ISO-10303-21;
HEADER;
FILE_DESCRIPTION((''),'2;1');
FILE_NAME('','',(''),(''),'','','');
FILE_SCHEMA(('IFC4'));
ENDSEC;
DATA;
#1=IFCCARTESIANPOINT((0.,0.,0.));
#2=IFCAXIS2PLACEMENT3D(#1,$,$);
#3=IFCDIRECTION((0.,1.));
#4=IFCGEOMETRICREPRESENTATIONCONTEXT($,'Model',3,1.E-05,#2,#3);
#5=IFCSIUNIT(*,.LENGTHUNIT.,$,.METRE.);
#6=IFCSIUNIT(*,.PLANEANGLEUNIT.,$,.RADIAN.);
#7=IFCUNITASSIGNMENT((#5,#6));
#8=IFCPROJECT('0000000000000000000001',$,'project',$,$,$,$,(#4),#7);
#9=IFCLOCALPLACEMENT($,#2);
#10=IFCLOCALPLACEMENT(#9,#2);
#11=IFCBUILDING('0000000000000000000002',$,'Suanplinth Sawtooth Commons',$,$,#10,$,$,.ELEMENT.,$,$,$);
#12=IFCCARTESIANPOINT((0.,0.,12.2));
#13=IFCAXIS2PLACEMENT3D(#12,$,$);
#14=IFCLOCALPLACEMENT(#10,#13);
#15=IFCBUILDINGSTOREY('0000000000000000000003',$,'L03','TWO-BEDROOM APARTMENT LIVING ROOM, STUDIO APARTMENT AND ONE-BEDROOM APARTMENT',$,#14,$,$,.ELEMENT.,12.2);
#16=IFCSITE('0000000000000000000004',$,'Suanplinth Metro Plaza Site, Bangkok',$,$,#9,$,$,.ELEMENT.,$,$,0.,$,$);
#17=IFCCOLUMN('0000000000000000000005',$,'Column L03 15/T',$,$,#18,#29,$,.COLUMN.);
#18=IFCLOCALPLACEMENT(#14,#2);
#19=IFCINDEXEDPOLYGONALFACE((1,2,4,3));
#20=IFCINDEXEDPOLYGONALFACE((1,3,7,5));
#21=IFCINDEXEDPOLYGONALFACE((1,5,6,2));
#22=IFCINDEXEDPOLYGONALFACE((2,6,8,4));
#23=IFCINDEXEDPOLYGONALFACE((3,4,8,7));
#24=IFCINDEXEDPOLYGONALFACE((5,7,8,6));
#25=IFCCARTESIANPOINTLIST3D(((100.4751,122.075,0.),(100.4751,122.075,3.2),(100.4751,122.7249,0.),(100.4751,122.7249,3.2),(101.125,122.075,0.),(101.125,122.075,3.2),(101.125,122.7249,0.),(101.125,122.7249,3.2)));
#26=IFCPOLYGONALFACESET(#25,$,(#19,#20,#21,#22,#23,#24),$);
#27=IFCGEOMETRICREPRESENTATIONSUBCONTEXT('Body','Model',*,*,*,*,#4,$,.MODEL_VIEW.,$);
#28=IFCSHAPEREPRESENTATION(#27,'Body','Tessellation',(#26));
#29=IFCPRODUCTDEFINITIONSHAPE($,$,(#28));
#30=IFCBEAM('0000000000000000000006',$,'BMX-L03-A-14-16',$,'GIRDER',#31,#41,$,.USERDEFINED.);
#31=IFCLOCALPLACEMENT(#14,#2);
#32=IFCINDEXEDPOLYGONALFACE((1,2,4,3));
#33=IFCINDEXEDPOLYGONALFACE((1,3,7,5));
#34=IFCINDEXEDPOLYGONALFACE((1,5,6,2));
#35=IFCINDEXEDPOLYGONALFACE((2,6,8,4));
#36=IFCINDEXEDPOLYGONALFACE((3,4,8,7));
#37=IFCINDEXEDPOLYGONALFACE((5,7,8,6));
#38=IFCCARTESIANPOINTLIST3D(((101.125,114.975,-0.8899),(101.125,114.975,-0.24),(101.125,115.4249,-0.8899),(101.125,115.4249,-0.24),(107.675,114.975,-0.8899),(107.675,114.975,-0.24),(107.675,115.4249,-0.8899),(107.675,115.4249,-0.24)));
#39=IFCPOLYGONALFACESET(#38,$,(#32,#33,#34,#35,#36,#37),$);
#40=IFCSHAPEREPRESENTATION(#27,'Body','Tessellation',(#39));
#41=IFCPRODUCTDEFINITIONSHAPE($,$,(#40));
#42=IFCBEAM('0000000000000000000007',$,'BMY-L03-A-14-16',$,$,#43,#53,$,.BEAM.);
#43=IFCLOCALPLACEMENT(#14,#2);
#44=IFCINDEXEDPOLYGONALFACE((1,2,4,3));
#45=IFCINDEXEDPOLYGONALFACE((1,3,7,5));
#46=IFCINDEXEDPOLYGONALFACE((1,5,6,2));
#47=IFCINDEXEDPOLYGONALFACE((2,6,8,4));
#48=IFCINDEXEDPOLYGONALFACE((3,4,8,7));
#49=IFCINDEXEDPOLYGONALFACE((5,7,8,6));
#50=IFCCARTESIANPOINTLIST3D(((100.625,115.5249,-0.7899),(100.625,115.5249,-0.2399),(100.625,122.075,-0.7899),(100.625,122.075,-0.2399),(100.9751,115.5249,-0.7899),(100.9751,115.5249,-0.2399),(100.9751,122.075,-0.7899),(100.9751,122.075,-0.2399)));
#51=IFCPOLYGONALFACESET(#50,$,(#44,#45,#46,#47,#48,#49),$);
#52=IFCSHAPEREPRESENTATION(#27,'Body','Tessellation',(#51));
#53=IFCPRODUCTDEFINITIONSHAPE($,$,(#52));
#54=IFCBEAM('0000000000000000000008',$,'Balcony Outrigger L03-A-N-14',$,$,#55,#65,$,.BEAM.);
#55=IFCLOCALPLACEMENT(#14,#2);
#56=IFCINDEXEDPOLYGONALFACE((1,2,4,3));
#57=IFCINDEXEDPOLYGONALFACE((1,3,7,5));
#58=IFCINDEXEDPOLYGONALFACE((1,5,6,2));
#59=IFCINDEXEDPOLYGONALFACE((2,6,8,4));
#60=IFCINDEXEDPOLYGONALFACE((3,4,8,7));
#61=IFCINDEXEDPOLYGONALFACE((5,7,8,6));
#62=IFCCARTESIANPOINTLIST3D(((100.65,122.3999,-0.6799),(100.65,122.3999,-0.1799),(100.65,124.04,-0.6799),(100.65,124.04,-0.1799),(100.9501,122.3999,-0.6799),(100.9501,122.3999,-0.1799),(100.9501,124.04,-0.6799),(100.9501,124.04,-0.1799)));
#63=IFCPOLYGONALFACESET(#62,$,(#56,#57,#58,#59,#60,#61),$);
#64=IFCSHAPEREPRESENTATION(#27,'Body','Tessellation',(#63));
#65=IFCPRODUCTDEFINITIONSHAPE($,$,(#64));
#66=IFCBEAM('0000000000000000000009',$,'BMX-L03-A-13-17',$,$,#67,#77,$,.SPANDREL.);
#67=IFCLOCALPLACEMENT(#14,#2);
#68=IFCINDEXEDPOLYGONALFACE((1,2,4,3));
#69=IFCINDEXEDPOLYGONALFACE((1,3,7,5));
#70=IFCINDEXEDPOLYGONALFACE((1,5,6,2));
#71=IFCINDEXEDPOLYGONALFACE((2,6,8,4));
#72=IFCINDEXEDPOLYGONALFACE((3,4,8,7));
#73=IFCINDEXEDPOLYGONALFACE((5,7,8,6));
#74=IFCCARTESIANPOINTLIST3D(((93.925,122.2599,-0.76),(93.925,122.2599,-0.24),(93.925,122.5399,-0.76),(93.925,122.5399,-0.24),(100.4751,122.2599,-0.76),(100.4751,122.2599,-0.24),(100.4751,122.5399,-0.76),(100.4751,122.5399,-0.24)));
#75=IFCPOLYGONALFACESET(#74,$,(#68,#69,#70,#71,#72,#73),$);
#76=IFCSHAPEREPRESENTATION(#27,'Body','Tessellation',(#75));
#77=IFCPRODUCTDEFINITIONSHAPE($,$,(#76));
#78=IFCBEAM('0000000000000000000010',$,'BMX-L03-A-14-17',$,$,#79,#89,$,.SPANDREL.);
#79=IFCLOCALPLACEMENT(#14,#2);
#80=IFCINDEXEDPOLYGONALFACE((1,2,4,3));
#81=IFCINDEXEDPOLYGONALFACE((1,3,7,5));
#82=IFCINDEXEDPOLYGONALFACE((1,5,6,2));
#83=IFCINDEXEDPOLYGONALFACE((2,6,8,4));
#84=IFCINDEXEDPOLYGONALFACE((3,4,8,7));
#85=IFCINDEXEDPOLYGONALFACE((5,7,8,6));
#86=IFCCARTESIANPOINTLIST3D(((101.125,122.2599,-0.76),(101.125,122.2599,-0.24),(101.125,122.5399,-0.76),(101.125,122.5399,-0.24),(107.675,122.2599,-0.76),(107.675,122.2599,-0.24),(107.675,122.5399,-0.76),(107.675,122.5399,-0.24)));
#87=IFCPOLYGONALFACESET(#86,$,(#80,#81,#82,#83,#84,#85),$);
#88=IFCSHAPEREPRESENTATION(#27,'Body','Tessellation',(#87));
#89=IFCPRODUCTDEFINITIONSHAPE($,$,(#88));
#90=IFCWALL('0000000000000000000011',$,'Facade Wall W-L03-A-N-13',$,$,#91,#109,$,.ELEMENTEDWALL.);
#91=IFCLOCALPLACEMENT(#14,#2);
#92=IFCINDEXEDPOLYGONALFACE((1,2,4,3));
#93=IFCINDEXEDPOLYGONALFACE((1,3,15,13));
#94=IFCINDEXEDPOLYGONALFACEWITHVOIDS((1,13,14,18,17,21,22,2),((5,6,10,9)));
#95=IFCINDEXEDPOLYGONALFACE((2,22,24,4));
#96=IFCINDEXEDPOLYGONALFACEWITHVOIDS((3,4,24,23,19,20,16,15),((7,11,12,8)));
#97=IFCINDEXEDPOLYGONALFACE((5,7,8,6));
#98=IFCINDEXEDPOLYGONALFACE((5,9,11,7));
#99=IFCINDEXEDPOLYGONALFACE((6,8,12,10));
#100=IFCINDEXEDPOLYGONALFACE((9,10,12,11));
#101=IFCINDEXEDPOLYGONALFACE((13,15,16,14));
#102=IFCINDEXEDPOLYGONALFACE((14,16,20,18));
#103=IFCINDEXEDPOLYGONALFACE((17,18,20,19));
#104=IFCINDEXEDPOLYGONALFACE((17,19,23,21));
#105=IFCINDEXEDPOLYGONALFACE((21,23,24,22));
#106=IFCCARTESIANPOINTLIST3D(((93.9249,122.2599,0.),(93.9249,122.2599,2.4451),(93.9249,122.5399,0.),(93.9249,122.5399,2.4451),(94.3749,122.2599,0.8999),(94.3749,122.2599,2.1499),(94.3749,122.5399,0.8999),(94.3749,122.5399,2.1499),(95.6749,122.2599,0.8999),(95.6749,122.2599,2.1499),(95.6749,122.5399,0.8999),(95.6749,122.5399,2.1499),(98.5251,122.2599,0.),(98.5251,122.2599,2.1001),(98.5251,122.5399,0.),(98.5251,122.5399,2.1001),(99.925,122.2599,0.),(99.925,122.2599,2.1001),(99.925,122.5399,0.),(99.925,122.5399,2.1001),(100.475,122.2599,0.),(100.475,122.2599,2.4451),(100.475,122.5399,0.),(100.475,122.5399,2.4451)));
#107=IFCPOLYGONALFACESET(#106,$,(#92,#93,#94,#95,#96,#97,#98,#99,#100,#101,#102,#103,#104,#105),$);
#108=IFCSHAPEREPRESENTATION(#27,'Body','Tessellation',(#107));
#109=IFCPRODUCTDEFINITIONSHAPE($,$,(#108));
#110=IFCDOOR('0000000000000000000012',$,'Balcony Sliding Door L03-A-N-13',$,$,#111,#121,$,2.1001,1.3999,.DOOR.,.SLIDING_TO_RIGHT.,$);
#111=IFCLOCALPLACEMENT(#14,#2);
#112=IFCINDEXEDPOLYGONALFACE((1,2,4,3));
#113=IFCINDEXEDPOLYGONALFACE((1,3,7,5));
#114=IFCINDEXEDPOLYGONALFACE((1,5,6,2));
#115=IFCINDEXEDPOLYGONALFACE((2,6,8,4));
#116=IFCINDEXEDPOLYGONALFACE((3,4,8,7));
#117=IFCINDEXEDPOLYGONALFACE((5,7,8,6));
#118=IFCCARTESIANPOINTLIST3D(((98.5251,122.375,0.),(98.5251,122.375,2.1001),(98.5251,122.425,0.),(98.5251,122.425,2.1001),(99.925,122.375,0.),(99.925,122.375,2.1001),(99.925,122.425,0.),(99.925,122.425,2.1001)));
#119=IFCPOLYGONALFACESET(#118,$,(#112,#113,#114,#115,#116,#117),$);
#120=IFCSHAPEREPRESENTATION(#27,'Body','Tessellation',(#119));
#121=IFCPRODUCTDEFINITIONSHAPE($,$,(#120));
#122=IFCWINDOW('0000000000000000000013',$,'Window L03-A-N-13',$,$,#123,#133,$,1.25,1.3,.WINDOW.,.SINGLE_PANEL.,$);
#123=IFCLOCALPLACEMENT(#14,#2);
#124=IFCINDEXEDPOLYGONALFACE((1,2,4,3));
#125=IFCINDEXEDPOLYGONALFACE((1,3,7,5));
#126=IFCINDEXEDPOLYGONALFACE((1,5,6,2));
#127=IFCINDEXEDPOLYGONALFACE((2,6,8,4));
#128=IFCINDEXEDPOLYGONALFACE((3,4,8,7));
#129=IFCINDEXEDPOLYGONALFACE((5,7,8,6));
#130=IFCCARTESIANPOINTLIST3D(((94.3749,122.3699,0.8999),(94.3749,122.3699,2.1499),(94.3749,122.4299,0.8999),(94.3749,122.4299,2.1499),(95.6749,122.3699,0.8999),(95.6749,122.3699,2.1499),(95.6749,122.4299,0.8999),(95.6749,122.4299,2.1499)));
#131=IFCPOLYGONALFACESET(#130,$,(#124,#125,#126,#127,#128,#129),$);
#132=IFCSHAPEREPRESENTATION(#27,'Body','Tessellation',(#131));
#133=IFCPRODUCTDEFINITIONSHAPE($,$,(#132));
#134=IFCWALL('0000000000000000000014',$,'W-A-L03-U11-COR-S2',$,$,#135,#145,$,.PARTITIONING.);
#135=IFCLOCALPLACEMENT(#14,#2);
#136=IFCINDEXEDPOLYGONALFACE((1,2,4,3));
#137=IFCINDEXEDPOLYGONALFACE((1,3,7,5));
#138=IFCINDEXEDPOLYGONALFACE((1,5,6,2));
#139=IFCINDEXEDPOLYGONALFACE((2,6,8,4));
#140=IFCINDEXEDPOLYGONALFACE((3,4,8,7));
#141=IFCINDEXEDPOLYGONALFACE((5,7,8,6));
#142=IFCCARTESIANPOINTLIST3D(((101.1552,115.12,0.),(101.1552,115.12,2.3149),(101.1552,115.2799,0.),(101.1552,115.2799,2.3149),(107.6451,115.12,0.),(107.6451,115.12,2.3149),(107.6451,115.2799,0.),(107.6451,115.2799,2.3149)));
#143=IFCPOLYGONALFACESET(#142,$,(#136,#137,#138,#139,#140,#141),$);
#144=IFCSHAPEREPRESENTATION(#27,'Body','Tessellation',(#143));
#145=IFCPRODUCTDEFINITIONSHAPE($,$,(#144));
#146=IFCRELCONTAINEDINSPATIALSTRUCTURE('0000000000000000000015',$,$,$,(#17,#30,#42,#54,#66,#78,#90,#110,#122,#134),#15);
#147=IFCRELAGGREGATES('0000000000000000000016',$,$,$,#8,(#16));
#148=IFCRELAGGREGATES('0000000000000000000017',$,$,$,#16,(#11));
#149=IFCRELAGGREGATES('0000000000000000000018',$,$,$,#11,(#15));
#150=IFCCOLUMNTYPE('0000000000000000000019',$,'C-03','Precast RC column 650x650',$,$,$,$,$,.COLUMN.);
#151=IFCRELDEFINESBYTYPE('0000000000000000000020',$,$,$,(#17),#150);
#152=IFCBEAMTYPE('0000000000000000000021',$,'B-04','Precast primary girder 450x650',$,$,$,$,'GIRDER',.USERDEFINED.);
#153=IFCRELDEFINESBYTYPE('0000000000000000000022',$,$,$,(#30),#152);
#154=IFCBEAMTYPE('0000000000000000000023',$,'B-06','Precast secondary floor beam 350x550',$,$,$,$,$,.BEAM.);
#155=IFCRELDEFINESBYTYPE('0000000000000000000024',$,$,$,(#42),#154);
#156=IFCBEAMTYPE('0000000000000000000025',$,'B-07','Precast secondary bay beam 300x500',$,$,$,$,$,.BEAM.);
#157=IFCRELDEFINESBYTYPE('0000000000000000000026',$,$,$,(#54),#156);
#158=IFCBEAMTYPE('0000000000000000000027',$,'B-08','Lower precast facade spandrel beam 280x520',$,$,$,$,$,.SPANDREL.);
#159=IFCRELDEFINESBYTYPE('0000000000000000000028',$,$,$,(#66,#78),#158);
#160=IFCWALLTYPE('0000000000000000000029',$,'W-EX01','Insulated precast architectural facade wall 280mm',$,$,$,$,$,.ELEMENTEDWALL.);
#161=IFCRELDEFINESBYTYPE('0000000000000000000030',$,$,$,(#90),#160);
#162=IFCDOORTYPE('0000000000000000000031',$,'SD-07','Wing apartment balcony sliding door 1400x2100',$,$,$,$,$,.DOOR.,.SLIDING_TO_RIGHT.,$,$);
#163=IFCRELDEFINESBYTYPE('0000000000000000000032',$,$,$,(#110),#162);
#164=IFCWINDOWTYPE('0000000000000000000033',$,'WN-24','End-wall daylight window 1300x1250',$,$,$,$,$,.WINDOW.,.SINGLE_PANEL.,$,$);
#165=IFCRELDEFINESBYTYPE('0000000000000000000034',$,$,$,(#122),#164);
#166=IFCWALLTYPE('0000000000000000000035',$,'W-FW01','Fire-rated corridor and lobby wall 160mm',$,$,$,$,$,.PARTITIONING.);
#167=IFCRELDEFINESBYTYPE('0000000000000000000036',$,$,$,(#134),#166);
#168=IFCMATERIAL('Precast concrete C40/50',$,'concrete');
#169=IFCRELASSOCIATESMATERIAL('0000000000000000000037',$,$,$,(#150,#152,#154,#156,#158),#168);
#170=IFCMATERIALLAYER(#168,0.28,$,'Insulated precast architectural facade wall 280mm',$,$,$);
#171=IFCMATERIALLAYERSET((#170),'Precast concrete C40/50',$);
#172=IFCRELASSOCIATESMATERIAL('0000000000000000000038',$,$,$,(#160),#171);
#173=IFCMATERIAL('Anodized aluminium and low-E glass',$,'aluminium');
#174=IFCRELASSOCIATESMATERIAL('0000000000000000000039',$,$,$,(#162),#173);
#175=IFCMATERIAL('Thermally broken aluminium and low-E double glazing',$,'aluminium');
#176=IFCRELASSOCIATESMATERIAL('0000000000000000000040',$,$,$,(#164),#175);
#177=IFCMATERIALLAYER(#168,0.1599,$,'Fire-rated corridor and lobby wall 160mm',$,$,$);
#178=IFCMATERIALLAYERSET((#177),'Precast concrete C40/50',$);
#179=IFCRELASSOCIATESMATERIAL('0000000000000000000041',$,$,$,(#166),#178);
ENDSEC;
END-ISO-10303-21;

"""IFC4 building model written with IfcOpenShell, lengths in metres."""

from ifc_helpers import new_model, si_unit, direction, frame, frame_2d, origin, origin_2d, place, context, subcontext, project, spatial, rectangle, extrude, material, layer, layer_set, material_profile, profile_set, type_object, element, fill, save


model = new_model("IFC4")

# Units and contexts
model_context = context("Model", 3, precision=1e-05, world=origin(), true_north=direction((0.0, 1.0)))
body_context = subcontext(model_context, "Body", "Model", "MODEL_VIEW")
ifc_project = project(units=[si_unit("LENGTHUNIT", "METRE"), si_unit("PLANEANGLEUNIT", "RADIAN")], contexts=[model_context])

# Site, building, storey
site_placement = place(None, origin())
site = spatial("IfcSite", under=ifc_project, at=site_placement, Name="Suanplinth Metro Plaza Site, Bangkok", CompositionType="ELEMENT", RefElevation=0.0)
building_placement = place(site_placement, origin())
building = spatial("IfcBuilding", under=site, at=building_placement, Name="Suanplinth Sawtooth Commons", CompositionType="ELEMENT")
storey_placement = place(building_placement, frame((0.0, 0.0, 12.2)))
storey = spatial("IfcBuildingStorey", under=building, at=storey_placement, Name="L03", Description="TWO-BEDROOM APARTMENT LIVING ROOM, STUDIO APARTMENT AND ONE-BEDROOM APARTMENT", CompositionType="ELEMENT", Elevation=12.2)

# Column
ifc_material_1 = material(Name="Precast concrete C40/50", Category="concrete")
ifc_material_profile_1 = material_profile(ifc_material_1, rectangle(XDim=0.6499, YDim=0.6499, at=origin_2d()), Name="PC-COL 650x650")
ifc_profile_set_1 = profile_set([ifc_material_profile_1], Name="Precast concrete C40/50")
column_type = type_object("IfcColumnType", Name="C-03", Description="Precast RC column 650x650", PredefinedType="COLUMN", material=ifc_profile_set_1)
column_placement = place(storey_placement, frame((100.8, 122.3999, 0.0), z_axis=(0.0, 0.0, 1.0), x_axis=(1.0, 0.0, 0.0)))
element("IfcColumn", 1, at=column_placement, inside=storey, type_object=column_type, Name="Column L03 15/T", PredefinedType="COLUMN", context=body_context, shape_type="SweptSolid", body=[
    extrude(rectangle(XDim=0.6499, YDim=0.6499, at=origin_2d()), origin(), (0.0, 0.0, 1.0), 3.2),
])

# Beams
ifc_material_profile_2 = material_profile(ifc_material_1, rectangle(XDim=0.45, YDim=0.6499, at=origin_2d()), Name="PC-GDR 450x650")
ifc_profile_set_2 = profile_set([ifc_material_profile_2], Name="Precast concrete C40/50")
beam_type_1 = type_object("IfcBeamType", Name="B-04", Description="Precast primary girder 450x650", ElementType="GIRDER", PredefinedType="USERDEFINED", material=ifc_profile_set_2)
beam_1_placement = place(storey_placement, frame((101.125, 115.2, -0.5649), z_axis=(1.0, 0.0, 0.0), x_axis=(0.0, 1.0, 0.0)))
element("IfcBeam", 2, at=beam_1_placement, inside=storey, type_object=beam_type_1, Name="BMX-L03-A-14-16", ObjectType="GIRDER", PredefinedType="USERDEFINED", context=body_context, shape_type="SweptSolid", body=[
    extrude(rectangle(XDim=0.45, YDim=0.6499, at=origin_2d()), origin(), (0.0, 0.0, 1.0), 6.55),
])
ifc_material_profile_3 = material_profile(ifc_material_1, rectangle(XDim=0.3501, YDim=0.55, at=origin_2d()), Name="PC-BM 350x550")
ifc_profile_set_3 = profile_set([ifc_material_profile_3], Name="Precast concrete C40/50")
beam_type_2 = type_object("IfcBeamType", Name="B-06", Description="Precast secondary floor beam 350x550", PredefinedType="BEAM", material=ifc_profile_set_3)
beam_2_placement = place(storey_placement, frame((100.8, 115.5249, -0.5149), z_axis=(0.0, 1.0, 0.0), x_axis=(-1.0, 0.0, 0.0)))
element("IfcBeam", 3, at=beam_2_placement, inside=storey, type_object=beam_type_2, Name="BMY-L03-A-14-16", PredefinedType="BEAM", context=body_context, shape_type="SweptSolid", body=[
    extrude(rectangle(XDim=0.3501, YDim=0.55, at=origin_2d()), origin(), (0.0, 0.0, 1.0), 6.55),
])
ifc_material_profile_4 = material_profile(ifc_material_1, rectangle(XDim=0.3, YDim=0.5, at=origin_2d()), Name="PC-BM 300x500")
ifc_profile_set_4 = profile_set([ifc_material_profile_4], Name="Precast concrete C40/50")
beam_type_3 = type_object("IfcBeamType", Name="B-07", Description="Precast secondary bay beam 300x500", PredefinedType="BEAM", material=ifc_profile_set_4)
beam_3_placement = place(storey_placement, frame((100.8, 122.3999, -0.4299), z_axis=(0.0, 1.0, 0.0), x_axis=(-1.0, 0.0, 0.0)))
element("IfcBeam", 4, at=beam_3_placement, inside=storey, type_object=beam_type_3, Name="Balcony Outrigger L03-A-N-14", PredefinedType="BEAM", context=body_context, shape_type="SweptSolid", body=[
    extrude(rectangle(XDim=0.3, YDim=0.5, at=origin_2d()), origin(), (0.0, 0.0, 1.0), 1.6401),
])
ifc_material_profile_5 = material_profile(ifc_material_1, rectangle(XDim=0.28, YDim=0.52, at=origin_2d()), Name="PC-SP 280x520")
ifc_profile_set_5 = profile_set([ifc_material_profile_5], Name="Precast concrete C40/50")
beam_type_4 = type_object("IfcBeamType", Name="B-08", Description="Lower precast facade spandrel beam 280x520", PredefinedType="SPANDREL", material=ifc_profile_set_5)
for number, where, z_axis, x_axis, name in (
    (5, (93.925, 122.3999, -0.5), (1.0, 0.0, 0.0), (0.0, 1.0, 0.0), "BMX-L03-A-13-17"),
    (6, (101.125, 122.3999, -0.5), (1.0, 0.0, 0.0), (0.0, 1.0, 0.0), "BMX-L03-A-14-17"),
):
    element("IfcBeam", number, at=place(storey_placement, frame(where, z_axis=z_axis, x_axis=x_axis)), inside=storey, type_object=beam_type_4, Name=name, PredefinedType="SPANDREL", context=body_context, shape_type="SweptSolid", body=[
        extrude(rectangle(XDim=0.28, YDim=0.52, at=origin_2d()), origin(), (0.0, 0.0, 1.0), 6.55),
    ])

# Wall, openings, door, window
ifc_layer_1 = layer(ifc_material_1, 0.28, Name="Insulated precast architectural facade wall 280mm")
ifc_layer_set_1 = layer_set([ifc_layer_1], Name="Precast concrete C40/50")
wall_type_1 = type_object("IfcWallType", Name="W-EX01", Description="Insulated precast architectural facade wall 280mm", PredefinedType="ELEMENTEDWALL", material=ifc_layer_set_1)
wall_1_placement = place(storey_placement, frame((93.925, 122.3999, 0.0), z_axis=(0.0, 0.0, 1.0), x_axis=(1.0, 0.0, 0.0)))
wall_1 = element("IfcWall", 7, at=wall_1_placement, inside=storey, type_object=wall_type_1, Name="Facade Wall W-L03-A-N-13", PredefinedType="ELEMENTEDWALL", context=body_context, shape_type="SweptSolid", body=[
    extrude(rectangle(XDim=6.55, YDim=0.28, at=frame_2d((3.2749, 0.0))), origin(), (0.0, 0.0, 1.0), 2.4451),
])
opening_1_placement = place(wall_1_placement, frame((4.6001, 0.0, 0.0)))
opening_1 = element("IfcOpeningElement", 8, at=opening_1_placement, cuts=wall_1, PredefinedType="OPENING", context=body_context, shape_type="SweptSolid", body=[
    extrude(rectangle(XDim=1.3999, YDim=2.1001, at=frame_2d((0.7, 1.05))), frame((0.0, 0.1548, 0.0), z_axis=(0.0, -1.0, 0.0), x_axis=(1.0, 0.0, 0.0)), (0.0, 0.0, 1.0), 0.3098),
])
opening_2_placement = place(wall_1_placement, frame((0.45, 0.0, 0.8999)))
opening_2 = element("IfcOpeningElement", 9, at=opening_2_placement, cuts=wall_1, PredefinedType="OPENING", context=body_context, shape_type="SweptSolid", body=[
    extrude(rectangle(XDim=1.3, YDim=1.25, at=frame_2d((0.6499, 0.625))), frame((0.0, 0.1548, 0.0), z_axis=(0.0, -1.0, 0.0), x_axis=(1.0, 0.0, 0.0)), (0.0, 0.0, 1.0), 0.3098),
])
ifc_material_2 = material(Name="Anodized aluminium and low-E glass", Category="aluminium")
door_type_1 = type_object("IfcDoorType", Name="SD-07", Description="Wing apartment balcony sliding door 1400x2100", OperationType="SLIDING_TO_RIGHT", PredefinedType="DOOR", material=ifc_material_2)
door_1_placement = place(opening_1_placement, frame((1.3999, 0.0, 0.0), z_axis=(0.0, 0.0, 1.0), x_axis=(-1.0, 0.0, 0.0)))
door_1 = element("IfcDoor", 10, at=door_1_placement, inside=storey, type_object=door_type_1, Name="Balcony Sliding Door L03-A-N-13", OperationType="SLIDING_TO_RIGHT", OverallHeight=2.1001, OverallWidth=1.3999, PredefinedType="DOOR", context=body_context, shape_type="SweptSolid", body=[
    extrude(rectangle(XDim=1.3999, YDim=2.1001, at=frame_2d((0.7, 1.05))), frame((0.0, 0.0249, 0.0), z_axis=(0.0, -1.0, 0.0), x_axis=(1.0, 0.0, 0.0)), (0.0, 0.0, 1.0), 0.05),
])
fill(opening_1, door_1)
ifc_material_3 = material(Name="Thermally broken aluminium and low-E double glazing", Category="aluminium")
window_type_1 = type_object("IfcWindowType", Name="WN-24", Description="End-wall daylight window 1300x1250", PartitioningType="SINGLE_PANEL", PredefinedType="WINDOW", material=ifc_material_3)
window_1_placement = place(opening_2_placement, origin())
window_1 = element("IfcWindow", 11, at=window_1_placement, inside=storey, type_object=window_type_1, Name="Window L03-A-N-13", OverallHeight=1.25, OverallWidth=1.3, PartitioningType="SINGLE_PANEL", PredefinedType="WINDOW", context=body_context, shape_type="SweptSolid", body=[
    extrude(rectangle(XDim=1.3, YDim=1.25, at=frame_2d((0.6499, 0.625))), frame((0.0, 0.03, 0.0), z_axis=(0.0, -1.0, 0.0), x_axis=(1.0, 0.0, 0.0)), (0.0, 0.0, 1.0), 0.0601),
])
fill(opening_2, window_1)

# Wall
ifc_layer_2 = layer(ifc_material_1, 0.1599, Name="Fire-rated corridor and lobby wall 160mm")
ifc_layer_set_2 = layer_set([ifc_layer_2], Name="Precast concrete C40/50")
wall_type_2 = type_object("IfcWallType", Name="W-FW01", Description="Fire-rated corridor and lobby wall 160mm", PredefinedType="PARTITIONING", material=ifc_layer_set_2)
wall_2_placement = place(storey_placement, frame((101.155, 115.2, 0.0), z_axis=(0.0, 0.0, 1.0), x_axis=(1.0, 0.0, 0.0)))
element("IfcWall", 12, at=wall_2_placement, inside=storey, type_object=wall_type_2, Name="W-A-L03-U11-COR-S2", PredefinedType="PARTITIONING", context=body_context, shape_type="SweptSolid", body=[
    extrude(rectangle(XDim=6.49, YDim=0.1599, at=frame_2d((3.2451, 0.0))), origin(), (0.0, 0.0, 1.0), 2.3149),
])

save(model, "model.ifc")
